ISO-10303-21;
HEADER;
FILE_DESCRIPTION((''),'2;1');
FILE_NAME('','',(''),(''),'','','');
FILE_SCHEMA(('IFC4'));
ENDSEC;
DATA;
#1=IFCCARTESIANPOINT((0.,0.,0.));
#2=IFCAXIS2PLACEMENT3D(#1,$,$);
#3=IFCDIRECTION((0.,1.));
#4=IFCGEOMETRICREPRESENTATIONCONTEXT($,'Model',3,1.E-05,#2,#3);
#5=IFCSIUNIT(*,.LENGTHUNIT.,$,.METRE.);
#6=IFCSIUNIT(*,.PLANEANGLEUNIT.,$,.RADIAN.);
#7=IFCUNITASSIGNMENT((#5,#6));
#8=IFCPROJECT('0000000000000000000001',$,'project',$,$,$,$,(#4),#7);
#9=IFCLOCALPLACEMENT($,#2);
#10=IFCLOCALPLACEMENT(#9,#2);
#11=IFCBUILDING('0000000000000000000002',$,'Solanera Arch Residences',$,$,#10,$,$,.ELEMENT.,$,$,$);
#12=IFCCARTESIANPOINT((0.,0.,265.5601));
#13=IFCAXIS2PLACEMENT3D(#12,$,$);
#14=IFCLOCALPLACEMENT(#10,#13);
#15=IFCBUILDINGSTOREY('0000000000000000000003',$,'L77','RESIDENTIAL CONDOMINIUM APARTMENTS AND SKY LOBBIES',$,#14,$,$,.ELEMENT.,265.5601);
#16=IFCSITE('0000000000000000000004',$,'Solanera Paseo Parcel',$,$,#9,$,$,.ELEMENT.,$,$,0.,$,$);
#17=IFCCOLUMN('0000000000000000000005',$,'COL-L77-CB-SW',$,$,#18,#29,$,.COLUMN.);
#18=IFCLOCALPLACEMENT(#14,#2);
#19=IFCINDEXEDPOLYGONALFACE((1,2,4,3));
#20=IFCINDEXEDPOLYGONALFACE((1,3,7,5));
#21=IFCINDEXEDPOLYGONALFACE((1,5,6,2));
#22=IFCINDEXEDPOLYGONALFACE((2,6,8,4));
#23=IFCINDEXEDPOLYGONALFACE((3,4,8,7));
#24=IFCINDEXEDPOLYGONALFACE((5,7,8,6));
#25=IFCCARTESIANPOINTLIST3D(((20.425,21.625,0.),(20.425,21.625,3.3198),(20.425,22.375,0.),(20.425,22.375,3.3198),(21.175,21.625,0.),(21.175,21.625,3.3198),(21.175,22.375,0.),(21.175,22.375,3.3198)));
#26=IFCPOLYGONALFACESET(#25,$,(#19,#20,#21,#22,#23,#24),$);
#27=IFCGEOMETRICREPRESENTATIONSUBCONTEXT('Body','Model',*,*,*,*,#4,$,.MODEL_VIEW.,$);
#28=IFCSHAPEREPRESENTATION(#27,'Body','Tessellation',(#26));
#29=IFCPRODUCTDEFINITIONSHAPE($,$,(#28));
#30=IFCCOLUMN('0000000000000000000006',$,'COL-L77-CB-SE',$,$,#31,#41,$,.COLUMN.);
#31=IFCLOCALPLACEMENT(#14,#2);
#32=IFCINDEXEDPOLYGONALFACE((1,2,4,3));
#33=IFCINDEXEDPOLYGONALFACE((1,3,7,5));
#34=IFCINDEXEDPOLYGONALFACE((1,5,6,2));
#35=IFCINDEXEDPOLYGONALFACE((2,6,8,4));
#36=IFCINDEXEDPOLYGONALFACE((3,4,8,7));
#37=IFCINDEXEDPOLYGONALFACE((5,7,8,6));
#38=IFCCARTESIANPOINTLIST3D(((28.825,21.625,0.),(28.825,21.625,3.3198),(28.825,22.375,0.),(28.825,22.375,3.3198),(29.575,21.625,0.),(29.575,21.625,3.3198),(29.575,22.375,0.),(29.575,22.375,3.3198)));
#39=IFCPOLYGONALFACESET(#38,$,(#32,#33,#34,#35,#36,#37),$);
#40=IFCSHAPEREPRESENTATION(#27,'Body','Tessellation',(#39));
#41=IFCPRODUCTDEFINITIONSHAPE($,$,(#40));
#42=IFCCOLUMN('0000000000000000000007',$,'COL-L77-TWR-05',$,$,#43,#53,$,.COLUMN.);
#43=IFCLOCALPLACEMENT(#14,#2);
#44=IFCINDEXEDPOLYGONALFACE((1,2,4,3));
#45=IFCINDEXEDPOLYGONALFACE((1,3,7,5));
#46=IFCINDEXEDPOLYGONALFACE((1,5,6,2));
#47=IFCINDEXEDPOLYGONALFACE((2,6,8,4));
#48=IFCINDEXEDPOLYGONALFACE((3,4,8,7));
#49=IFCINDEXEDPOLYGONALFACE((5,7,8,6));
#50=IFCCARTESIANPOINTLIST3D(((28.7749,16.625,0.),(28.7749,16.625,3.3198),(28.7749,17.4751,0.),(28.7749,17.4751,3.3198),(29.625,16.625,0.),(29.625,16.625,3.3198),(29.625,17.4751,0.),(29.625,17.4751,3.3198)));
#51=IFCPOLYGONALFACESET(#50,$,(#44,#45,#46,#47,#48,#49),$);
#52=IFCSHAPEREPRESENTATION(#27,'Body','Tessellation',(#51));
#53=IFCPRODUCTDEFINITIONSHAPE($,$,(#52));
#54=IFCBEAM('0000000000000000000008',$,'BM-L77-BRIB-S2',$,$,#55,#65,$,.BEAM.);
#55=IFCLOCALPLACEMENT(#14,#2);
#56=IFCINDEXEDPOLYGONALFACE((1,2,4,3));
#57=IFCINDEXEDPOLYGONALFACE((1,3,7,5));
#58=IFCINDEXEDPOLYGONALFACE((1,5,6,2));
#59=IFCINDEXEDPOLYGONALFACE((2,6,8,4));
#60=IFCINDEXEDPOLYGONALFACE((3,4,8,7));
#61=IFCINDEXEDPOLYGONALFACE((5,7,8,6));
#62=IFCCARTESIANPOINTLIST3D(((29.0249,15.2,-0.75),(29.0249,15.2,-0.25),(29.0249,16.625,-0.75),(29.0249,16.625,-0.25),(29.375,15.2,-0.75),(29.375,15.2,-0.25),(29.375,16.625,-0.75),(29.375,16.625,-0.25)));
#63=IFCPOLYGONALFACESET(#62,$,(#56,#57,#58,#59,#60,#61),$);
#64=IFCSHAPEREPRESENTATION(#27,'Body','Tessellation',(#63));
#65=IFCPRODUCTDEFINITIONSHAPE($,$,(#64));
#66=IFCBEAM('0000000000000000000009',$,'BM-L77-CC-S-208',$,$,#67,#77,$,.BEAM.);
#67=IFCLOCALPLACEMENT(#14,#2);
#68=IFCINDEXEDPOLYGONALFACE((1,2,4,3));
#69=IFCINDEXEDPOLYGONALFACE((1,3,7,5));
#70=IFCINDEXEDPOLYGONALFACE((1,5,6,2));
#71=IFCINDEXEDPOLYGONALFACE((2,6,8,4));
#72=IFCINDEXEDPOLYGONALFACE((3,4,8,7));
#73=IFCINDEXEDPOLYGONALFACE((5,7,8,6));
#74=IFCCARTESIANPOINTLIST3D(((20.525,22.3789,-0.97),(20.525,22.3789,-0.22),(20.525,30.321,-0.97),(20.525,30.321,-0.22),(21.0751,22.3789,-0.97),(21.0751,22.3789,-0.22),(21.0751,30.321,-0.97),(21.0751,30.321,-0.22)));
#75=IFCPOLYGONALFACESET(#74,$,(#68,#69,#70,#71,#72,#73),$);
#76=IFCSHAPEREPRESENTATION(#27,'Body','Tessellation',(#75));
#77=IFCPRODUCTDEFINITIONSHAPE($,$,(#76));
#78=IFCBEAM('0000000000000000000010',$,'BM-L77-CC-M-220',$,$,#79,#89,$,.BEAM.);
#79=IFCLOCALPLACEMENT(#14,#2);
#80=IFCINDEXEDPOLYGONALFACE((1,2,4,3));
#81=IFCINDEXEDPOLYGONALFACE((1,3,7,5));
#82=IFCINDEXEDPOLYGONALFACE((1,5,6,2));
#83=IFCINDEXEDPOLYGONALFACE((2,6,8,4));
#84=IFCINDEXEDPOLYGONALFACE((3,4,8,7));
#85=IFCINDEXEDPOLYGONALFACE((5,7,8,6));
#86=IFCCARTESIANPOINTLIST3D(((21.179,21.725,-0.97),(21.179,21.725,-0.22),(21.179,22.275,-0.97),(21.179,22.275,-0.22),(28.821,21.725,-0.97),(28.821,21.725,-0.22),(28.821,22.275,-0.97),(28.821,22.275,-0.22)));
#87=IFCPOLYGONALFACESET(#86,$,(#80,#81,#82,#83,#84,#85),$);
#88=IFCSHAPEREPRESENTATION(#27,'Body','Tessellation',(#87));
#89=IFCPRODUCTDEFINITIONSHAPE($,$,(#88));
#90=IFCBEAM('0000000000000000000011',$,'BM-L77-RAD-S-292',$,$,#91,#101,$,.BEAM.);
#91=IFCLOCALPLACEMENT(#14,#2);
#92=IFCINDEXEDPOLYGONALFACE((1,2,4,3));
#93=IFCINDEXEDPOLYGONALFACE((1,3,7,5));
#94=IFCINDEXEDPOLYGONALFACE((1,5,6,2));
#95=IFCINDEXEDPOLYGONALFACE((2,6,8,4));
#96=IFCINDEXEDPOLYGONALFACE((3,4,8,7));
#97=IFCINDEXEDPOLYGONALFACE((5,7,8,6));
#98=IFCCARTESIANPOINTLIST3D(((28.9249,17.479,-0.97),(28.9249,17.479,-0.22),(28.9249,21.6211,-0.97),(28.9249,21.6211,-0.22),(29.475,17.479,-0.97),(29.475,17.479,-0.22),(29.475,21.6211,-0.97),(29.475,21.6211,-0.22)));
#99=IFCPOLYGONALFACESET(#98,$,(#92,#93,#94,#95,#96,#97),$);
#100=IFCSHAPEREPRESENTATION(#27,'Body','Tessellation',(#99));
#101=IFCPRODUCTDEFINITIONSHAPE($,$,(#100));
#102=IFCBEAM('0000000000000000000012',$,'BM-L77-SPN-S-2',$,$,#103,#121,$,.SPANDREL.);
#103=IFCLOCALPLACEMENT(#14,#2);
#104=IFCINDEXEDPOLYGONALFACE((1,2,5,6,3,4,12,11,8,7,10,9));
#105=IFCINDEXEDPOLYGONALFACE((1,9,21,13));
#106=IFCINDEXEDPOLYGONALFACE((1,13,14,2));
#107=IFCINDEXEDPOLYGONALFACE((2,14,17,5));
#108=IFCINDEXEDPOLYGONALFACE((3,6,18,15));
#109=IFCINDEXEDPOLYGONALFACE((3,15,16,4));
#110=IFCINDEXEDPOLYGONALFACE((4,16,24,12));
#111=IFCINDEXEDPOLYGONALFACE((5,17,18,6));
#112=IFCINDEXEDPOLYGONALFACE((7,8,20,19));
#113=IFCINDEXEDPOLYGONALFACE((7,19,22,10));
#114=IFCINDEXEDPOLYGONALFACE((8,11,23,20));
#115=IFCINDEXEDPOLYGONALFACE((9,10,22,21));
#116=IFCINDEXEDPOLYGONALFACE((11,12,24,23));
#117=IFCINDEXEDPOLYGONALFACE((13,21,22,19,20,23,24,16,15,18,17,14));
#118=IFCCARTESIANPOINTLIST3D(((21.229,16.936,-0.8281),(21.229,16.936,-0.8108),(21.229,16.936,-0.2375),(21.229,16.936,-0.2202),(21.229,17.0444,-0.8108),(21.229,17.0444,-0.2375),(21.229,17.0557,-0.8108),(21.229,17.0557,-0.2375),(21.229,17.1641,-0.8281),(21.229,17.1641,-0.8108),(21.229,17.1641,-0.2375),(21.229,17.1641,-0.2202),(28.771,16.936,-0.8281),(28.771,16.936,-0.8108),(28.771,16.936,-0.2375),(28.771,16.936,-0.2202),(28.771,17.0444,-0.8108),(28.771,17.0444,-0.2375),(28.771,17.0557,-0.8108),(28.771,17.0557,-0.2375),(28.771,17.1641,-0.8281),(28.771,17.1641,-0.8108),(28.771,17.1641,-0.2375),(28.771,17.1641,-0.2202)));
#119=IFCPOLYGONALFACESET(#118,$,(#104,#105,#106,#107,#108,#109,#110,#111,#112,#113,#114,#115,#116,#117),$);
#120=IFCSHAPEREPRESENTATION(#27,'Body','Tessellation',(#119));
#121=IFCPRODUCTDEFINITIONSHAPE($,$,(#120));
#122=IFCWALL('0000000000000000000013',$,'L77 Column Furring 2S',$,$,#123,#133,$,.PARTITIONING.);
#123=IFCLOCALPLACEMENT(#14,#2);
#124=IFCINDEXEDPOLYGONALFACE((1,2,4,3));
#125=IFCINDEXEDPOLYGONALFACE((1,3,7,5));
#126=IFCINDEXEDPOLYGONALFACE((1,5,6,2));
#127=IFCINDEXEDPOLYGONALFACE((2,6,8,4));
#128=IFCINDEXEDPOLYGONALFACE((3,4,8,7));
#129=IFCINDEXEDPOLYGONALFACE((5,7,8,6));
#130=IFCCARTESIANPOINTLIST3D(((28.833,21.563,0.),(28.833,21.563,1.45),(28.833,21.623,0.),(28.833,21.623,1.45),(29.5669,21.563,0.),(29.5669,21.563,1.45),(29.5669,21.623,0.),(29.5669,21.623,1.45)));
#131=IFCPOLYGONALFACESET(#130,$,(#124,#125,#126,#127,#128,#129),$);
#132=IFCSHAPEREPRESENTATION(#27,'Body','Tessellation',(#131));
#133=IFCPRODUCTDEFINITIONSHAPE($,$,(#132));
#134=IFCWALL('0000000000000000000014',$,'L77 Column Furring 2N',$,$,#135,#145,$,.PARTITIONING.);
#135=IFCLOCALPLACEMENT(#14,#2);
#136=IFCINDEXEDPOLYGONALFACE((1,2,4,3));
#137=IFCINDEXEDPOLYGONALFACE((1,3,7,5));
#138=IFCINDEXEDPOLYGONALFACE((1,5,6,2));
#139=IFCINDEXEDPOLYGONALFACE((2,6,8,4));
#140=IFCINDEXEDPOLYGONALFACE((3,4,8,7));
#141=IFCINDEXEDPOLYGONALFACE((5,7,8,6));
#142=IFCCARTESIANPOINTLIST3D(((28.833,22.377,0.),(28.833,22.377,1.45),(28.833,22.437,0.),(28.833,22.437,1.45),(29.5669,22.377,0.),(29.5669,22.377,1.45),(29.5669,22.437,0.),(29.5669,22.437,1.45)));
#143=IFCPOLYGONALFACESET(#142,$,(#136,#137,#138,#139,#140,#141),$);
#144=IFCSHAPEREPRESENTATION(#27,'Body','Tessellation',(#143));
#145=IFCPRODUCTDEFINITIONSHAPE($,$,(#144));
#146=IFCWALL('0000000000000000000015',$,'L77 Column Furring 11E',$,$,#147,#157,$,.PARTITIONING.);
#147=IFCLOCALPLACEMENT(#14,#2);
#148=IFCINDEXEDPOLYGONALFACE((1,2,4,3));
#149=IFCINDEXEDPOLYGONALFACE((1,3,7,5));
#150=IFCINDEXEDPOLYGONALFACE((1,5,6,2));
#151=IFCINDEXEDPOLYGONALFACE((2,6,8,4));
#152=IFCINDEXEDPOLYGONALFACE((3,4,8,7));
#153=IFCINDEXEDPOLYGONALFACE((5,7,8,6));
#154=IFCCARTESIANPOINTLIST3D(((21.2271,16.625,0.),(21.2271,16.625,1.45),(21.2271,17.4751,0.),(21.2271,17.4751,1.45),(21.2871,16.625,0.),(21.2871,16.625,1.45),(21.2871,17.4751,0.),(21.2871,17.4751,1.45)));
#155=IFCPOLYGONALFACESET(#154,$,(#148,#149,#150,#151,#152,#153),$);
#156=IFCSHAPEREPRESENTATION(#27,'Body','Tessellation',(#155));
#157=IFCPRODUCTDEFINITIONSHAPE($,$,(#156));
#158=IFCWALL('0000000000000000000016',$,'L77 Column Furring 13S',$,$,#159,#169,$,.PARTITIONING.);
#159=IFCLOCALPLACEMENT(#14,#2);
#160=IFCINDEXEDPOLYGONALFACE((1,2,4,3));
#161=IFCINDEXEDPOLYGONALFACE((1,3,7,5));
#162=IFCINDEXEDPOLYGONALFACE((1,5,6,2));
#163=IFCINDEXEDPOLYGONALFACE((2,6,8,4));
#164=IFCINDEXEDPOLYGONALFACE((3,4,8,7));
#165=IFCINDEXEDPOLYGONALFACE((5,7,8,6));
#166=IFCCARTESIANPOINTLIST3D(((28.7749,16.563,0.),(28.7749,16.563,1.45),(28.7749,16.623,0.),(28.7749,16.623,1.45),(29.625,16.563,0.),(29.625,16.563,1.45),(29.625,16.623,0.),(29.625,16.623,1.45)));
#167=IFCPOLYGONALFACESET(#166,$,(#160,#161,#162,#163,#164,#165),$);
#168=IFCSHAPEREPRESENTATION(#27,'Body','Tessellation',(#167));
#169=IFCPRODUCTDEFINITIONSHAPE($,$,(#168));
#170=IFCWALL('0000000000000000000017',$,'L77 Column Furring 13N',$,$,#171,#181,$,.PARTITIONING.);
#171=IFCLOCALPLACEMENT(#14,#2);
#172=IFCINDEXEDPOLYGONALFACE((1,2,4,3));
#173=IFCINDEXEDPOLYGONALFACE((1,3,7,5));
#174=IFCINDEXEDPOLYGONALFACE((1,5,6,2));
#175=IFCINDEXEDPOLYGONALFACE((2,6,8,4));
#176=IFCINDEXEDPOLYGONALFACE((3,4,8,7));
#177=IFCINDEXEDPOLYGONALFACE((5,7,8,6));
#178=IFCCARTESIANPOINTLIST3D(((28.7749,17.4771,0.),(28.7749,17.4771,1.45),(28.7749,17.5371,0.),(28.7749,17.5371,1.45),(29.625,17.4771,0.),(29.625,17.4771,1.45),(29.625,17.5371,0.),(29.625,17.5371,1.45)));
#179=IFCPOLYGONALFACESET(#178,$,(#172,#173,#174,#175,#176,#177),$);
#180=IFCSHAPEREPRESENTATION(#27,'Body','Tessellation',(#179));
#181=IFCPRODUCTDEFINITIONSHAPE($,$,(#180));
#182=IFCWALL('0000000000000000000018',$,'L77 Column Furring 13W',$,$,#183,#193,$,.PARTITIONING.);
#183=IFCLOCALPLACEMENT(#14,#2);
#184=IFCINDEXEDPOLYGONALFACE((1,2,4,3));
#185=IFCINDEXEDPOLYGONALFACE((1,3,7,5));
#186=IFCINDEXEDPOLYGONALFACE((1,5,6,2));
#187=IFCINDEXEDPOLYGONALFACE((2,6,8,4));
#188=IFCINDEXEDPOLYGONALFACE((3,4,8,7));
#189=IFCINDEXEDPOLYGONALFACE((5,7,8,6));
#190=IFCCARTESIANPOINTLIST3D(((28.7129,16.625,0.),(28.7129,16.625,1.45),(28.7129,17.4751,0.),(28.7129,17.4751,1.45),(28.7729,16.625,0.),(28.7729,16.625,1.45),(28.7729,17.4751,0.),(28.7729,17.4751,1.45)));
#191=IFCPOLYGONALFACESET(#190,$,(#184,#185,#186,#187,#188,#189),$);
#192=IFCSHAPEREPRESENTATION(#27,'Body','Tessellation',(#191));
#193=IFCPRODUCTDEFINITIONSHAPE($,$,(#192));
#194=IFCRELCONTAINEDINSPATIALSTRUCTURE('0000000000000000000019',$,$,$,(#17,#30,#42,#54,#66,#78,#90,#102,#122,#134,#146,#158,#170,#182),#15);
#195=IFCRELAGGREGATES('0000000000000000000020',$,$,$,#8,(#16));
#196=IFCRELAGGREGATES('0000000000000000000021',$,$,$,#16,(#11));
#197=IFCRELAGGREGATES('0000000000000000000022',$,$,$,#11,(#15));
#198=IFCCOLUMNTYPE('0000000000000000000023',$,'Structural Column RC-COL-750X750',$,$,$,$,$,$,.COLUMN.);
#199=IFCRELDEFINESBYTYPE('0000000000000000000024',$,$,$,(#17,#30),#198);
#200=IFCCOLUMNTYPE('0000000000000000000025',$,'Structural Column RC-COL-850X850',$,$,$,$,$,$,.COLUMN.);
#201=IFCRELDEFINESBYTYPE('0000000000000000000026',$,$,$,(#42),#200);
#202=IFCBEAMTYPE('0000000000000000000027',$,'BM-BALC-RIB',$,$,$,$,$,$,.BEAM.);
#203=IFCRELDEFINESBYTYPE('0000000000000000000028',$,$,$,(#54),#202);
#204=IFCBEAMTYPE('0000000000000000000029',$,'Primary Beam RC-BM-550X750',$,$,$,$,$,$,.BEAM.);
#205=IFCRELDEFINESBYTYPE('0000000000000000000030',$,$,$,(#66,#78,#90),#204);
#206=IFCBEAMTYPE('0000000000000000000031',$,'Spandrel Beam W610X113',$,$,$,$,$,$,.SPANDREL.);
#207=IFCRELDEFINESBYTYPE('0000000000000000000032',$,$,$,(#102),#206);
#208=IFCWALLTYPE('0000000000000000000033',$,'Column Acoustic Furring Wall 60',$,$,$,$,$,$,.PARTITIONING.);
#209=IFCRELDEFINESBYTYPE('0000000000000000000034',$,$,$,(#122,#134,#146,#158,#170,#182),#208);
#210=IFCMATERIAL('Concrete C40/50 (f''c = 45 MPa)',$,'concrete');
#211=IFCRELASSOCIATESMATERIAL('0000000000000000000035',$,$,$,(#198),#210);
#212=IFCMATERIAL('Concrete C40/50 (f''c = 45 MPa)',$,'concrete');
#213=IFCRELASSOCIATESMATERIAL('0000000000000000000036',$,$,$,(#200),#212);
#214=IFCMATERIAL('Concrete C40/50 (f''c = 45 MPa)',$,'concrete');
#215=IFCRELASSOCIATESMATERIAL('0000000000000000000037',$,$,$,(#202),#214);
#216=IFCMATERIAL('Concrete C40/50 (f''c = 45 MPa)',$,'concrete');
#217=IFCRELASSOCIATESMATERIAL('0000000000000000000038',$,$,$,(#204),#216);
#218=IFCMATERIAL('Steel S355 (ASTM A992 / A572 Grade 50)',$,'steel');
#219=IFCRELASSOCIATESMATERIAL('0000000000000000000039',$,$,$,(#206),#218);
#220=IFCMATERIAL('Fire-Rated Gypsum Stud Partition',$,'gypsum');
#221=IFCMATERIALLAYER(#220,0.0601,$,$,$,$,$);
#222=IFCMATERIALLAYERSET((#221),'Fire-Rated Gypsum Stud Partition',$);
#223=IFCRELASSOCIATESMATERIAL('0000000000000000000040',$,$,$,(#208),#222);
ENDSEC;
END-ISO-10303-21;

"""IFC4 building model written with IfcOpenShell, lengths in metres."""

from ifc_helpers import new_model, si_unit, direction, frame, frame_2d, origin, origin_2d, place, context, subcontext, project, spatial, rectangle, i_section, extrude, material, layer, layer_set, material_profile, profile_set, type_object, element, save


model = new_model("IFC4")

# Units and contexts
model_context = context("Model", 3, precision=1e-05, world=origin(), true_north=direction((0.0, 1.0)))
body_context = subcontext(model_context, "Body", "Model", "MODEL_VIEW")
ifc_project = project(units=[si_unit("LENGTHUNIT", "METRE"), si_unit("PLANEANGLEUNIT", "RADIAN")], contexts=[model_context])

# Site, building, storey
site_placement = place(None, origin())
site = spatial("IfcSite", under=ifc_project, at=site_placement, Name="Solanera Paseo Parcel", CompositionType="ELEMENT", RefElevation=0.0)
building_placement = place(site_placement, origin())
building = spatial("IfcBuilding", under=site, at=building_placement, Name="Solanera Arch Residences", CompositionType="ELEMENT")
storey_placement = place(building_placement, frame((0.0, 0.0, 265.5601)))
storey = spatial("IfcBuildingStorey", under=building, at=storey_placement, Name="L77", Description="RESIDENTIAL CONDOMINIUM APARTMENTS AND SKY LOBBIES", CompositionType="ELEMENT", Elevation=265.5601)

# Columns
ifc_material_1 = material(Name="Concrete C40/50 (f'c = 45 MPa)", Category="concrete")
ifc_material_profile_1 = material_profile(ifc_material_1, rectangle(XDim=0.75, YDim=0.75, at=origin_2d()))
ifc_profile_set_1 = profile_set([ifc_material_profile_1], Name="Concrete C40/50 (f'c = 45 MPa)")
column_type_1 = type_object("IfcColumnType", Name="Structural Column RC-COL-750X750", PredefinedType="COLUMN", material=ifc_profile_set_1)
for number, where, z_axis, x_axis, name in (
    (1, (20.8, 22.0, 0.0), (0.0, 0.0, 1.0), (1.0, 0.0, 0.0), "COL-L77-CB-SW"),
    (2, (29.2, 22.0, 0.0), (0.0, 0.0, 1.0), (1.0, 0.0, 0.0), "COL-L77-CB-SE"),
):
    element("IfcColumn", number, at=place(storey_placement, frame(where, z_axis=z_axis, x_axis=x_axis)), inside=storey, type_object=column_type_1, Name=name, PredefinedType="COLUMN", context=body_context, shape_type="SweptSolid", body=[
        extrude(rectangle(XDim=0.75, YDim=0.75, at=origin_2d()), origin(), (0.0, 0.0, 1.0), 3.3198),
    ])
ifc_material_2 = material(Name="Concrete C40/50 (f'c = 45 MPa)", Category="concrete")
ifc_material_profile_2 = material_profile(ifc_material_2, rectangle(XDim=0.8501, YDim=0.8501, at=origin_2d()))
ifc_profile_set_2 = profile_set([ifc_material_profile_2], Name="Concrete C40/50 (f'c = 45 MPa)")
column_type_2 = type_object("IfcColumnType", Name="Structural Column RC-COL-850X850", PredefinedType="COLUMN", material=ifc_profile_set_2)
column_placement = place(storey_placement, frame((29.2, 17.05, 0.0), z_axis=(0.0, 0.0, 1.0), x_axis=(1.0, 0.0, 0.0)))
element("IfcColumn", 3, at=column_placement, inside=storey, type_object=column_type_2, Name="COL-L77-TWR-05", PredefinedType="COLUMN", context=body_context, shape_type="SweptSolid", body=[
    extrude(rectangle(XDim=0.8501, YDim=0.8501, at=origin_2d()), origin(), (0.0, 0.0, 1.0), 3.3198),
])

# Beams
ifc_material_3 = material(Name="Concrete C40/50 (f'c = 45 MPa)", Category="concrete")
ifc_material_profile_3 = material_profile(ifc_material_3, rectangle(XDim=0.3501, YDim=0.5, at=origin_2d()))
ifc_profile_set_3 = profile_set([ifc_material_profile_3], Name="Concrete C40/50 (f'c = 45 MPa)")
beam_type_1 = type_object("IfcBeamType", Name="BM-BALC-RIB", PredefinedType="BEAM", material=ifc_profile_set_3)
beam_1_placement = place(storey_placement, frame((29.2, 15.2, -0.5), z_axis=(0.0, 1.0, 0.0), x_axis=(-1.0, 0.0, 0.0)))
element("IfcBeam", 4, at=beam_1_placement, inside=storey, type_object=beam_type_1, Name="BM-L77-BRIB-S2", PredefinedType="BEAM", context=body_context, shape_type="SweptSolid", body=[
    extrude(rectangle(XDim=0.3501, YDim=0.5, at=origin_2d()), origin(), (0.0, 0.0, 1.0), 1.425),
])
ifc_material_4 = material(Name="Concrete C40/50 (f'c = 45 MPa)", Category="concrete")
ifc_material_profile_4 = material_profile(ifc_material_4, rectangle(XDim=0.55, YDim=0.75, at=origin_2d()))
ifc_profile_set_4 = profile_set([ifc_material_profile_4], Name="Concrete C40/50 (f'c = 45 MPa)")
beam_type_2 = type_object("IfcBeamType", Name="Primary Beam RC-BM-550X750", PredefinedType="BEAM", material=ifc_profile_set_4)
beam_2_placement = place(storey_placement, frame((20.8, 22.3789, -0.595), z_axis=(0.0, 1.0, 0.0), x_axis=(-1.0, 0.0, 0.0)))
element("IfcBeam", 5, at=beam_2_placement, inside=storey, type_object=beam_type_2, Name="BM-L77-CC-S-208", PredefinedType="BEAM", context=body_context, shape_type="SweptSolid", body=[
    extrude(rectangle(XDim=0.55, YDim=0.75, at=origin_2d()), origin(), (0.0, 0.0, 1.0), 7.9421),
])
beam_3_placement = place(storey_placement, frame((21.179, 22.0, -0.595), z_axis=(1.0, 0.0, 0.0), x_axis=(0.0, 1.0, 0.0)))
element("IfcBeam", 6, at=beam_3_placement, inside=storey, type_object=beam_type_2, Name="BM-L77-CC-M-220", PredefinedType="BEAM", context=body_context, shape_type="SweptSolid", body=[
    extrude(rectangle(XDim=0.55, YDim=0.75, at=origin_2d()), origin(), (0.0, 0.0, 1.0), 7.6421),
])
beam_4_placement = place(storey_placement, frame((29.2, 17.479, -0.595), z_axis=(0.0, 1.0, 0.0), x_axis=(-1.0, 0.0, 0.0)))
element("IfcBeam", 7, at=beam_4_placement, inside=storey, type_object=beam_type_2, Name="BM-L77-RAD-S-292", PredefinedType="BEAM", context=body_context, shape_type="SweptSolid", body=[
    extrude(rectangle(XDim=0.55, YDim=0.75, at=origin_2d()), origin(), (0.0, 0.0, 1.0), 4.1421),
])
ifc_material_5 = material(Name="Steel S355 (ASTM A992 / A572 Grade 50)", Category="steel")
ifc_material_profile_5 = material_profile(ifc_material_5, i_section(OverallWidth=0.228, OverallDepth=0.6079, WebThickness=0.0112, FlangeThickness=0.0173, at=origin_2d()))
ifc_profile_set_5 = profile_set([ifc_material_profile_5], Name="Steel S355 (ASTM A992 / A572 Grade 50)")
beam_type_3 = type_object("IfcBeamType", Name="Spandrel Beam W610X113", PredefinedType="SPANDREL", material=ifc_profile_set_5)
beam_5_placement = place(storey_placement, frame((21.229, 17.05, -0.5242), z_axis=(1.0, 0.0, 0.0), x_axis=(0.0, 1.0, 0.0)))
element("IfcBeam", 8, at=beam_5_placement, inside=storey, type_object=beam_type_3, Name="BM-L77-SPN-S-2", PredefinedType="SPANDREL", context=body_context, shape_type="SweptSolid", body=[
    extrude(i_section(OverallWidth=0.228, OverallDepth=0.6079, WebThickness=0.0112, FlangeThickness=0.0173, at=origin_2d()), origin(), (0.0, 0.0, 1.0), 7.542),
])

# Walls
ifc_material_6 = material(Name="Fire-Rated Gypsum Stud Partition", Category="gypsum")
ifc_layer_1 = layer(ifc_material_6, 0.0601)
ifc_layer_set_1 = layer_set([ifc_layer_1], Name="Fire-Rated Gypsum Stud Partition")
wall_type_1 = type_object("IfcWallType", Name="Column Acoustic Furring Wall 60", PredefinedType="PARTITIONING", material=ifc_layer_set_1)
for number, where, z_axis, x_axis, name in (
    (9, (28.833, 21.593, 0.0), (0.0, 0.0, 1.0), (1.0, 0.0, 0.0), "L77 Column Furring 2S"),
    (10, (28.833, 22.407, 0.0), (0.0, 0.0, 1.0), (1.0, 0.0, 0.0), "L77 Column Furring 2N"),
):
    element("IfcWall", number, at=place(storey_placement, frame(where, z_axis=z_axis, x_axis=x_axis)), inside=storey, type_object=wall_type_1, Name=name, PredefinedType="PARTITIONING", context=body_context, shape_type="SweptSolid", body=[
        extrude(rectangle(XDim=0.7339, YDim=0.0601, at=frame_2d((0.3669, 0.0))), origin(), (0.0, 0.0, 1.0), 1.45),
    ])
for number, where, z_axis, x_axis, name in (
    (11, (21.2571, 16.625, 0.0), (0.0, 0.0, 1.0), (0.0, 1.0, 0.0), "L77 Column Furring 11E"),
    (12, (28.7749, 16.593, 0.0), (0.0, 0.0, 1.0), (1.0, 0.0, 0.0), "L77 Column Furring 13S"),
    (13, (28.7749, 17.5071, 0.0), (0.0, 0.0, 1.0), (1.0, 0.0, 0.0), "L77 Column Furring 13N"),
    (14, (28.7429, 16.625, 0.0), (0.0, 0.0, 1.0), (0.0, 1.0, 0.0), "L77 Column Furring 13W"),
):
    element("IfcWall", number, at=place(storey_placement, frame(where, z_axis=z_axis, x_axis=x_axis)), inside=storey, type_object=wall_type_1, Name=name, PredefinedType="PARTITIONING", context=body_context, shape_type="SweptSolid", body=[
        extrude(rectangle(XDim=0.8501, YDim=0.0601, at=frame_2d((0.425, 0.0))), origin(), (0.0, 0.0, 1.0), 1.45),
    ])

save(model, "model.ifc")
